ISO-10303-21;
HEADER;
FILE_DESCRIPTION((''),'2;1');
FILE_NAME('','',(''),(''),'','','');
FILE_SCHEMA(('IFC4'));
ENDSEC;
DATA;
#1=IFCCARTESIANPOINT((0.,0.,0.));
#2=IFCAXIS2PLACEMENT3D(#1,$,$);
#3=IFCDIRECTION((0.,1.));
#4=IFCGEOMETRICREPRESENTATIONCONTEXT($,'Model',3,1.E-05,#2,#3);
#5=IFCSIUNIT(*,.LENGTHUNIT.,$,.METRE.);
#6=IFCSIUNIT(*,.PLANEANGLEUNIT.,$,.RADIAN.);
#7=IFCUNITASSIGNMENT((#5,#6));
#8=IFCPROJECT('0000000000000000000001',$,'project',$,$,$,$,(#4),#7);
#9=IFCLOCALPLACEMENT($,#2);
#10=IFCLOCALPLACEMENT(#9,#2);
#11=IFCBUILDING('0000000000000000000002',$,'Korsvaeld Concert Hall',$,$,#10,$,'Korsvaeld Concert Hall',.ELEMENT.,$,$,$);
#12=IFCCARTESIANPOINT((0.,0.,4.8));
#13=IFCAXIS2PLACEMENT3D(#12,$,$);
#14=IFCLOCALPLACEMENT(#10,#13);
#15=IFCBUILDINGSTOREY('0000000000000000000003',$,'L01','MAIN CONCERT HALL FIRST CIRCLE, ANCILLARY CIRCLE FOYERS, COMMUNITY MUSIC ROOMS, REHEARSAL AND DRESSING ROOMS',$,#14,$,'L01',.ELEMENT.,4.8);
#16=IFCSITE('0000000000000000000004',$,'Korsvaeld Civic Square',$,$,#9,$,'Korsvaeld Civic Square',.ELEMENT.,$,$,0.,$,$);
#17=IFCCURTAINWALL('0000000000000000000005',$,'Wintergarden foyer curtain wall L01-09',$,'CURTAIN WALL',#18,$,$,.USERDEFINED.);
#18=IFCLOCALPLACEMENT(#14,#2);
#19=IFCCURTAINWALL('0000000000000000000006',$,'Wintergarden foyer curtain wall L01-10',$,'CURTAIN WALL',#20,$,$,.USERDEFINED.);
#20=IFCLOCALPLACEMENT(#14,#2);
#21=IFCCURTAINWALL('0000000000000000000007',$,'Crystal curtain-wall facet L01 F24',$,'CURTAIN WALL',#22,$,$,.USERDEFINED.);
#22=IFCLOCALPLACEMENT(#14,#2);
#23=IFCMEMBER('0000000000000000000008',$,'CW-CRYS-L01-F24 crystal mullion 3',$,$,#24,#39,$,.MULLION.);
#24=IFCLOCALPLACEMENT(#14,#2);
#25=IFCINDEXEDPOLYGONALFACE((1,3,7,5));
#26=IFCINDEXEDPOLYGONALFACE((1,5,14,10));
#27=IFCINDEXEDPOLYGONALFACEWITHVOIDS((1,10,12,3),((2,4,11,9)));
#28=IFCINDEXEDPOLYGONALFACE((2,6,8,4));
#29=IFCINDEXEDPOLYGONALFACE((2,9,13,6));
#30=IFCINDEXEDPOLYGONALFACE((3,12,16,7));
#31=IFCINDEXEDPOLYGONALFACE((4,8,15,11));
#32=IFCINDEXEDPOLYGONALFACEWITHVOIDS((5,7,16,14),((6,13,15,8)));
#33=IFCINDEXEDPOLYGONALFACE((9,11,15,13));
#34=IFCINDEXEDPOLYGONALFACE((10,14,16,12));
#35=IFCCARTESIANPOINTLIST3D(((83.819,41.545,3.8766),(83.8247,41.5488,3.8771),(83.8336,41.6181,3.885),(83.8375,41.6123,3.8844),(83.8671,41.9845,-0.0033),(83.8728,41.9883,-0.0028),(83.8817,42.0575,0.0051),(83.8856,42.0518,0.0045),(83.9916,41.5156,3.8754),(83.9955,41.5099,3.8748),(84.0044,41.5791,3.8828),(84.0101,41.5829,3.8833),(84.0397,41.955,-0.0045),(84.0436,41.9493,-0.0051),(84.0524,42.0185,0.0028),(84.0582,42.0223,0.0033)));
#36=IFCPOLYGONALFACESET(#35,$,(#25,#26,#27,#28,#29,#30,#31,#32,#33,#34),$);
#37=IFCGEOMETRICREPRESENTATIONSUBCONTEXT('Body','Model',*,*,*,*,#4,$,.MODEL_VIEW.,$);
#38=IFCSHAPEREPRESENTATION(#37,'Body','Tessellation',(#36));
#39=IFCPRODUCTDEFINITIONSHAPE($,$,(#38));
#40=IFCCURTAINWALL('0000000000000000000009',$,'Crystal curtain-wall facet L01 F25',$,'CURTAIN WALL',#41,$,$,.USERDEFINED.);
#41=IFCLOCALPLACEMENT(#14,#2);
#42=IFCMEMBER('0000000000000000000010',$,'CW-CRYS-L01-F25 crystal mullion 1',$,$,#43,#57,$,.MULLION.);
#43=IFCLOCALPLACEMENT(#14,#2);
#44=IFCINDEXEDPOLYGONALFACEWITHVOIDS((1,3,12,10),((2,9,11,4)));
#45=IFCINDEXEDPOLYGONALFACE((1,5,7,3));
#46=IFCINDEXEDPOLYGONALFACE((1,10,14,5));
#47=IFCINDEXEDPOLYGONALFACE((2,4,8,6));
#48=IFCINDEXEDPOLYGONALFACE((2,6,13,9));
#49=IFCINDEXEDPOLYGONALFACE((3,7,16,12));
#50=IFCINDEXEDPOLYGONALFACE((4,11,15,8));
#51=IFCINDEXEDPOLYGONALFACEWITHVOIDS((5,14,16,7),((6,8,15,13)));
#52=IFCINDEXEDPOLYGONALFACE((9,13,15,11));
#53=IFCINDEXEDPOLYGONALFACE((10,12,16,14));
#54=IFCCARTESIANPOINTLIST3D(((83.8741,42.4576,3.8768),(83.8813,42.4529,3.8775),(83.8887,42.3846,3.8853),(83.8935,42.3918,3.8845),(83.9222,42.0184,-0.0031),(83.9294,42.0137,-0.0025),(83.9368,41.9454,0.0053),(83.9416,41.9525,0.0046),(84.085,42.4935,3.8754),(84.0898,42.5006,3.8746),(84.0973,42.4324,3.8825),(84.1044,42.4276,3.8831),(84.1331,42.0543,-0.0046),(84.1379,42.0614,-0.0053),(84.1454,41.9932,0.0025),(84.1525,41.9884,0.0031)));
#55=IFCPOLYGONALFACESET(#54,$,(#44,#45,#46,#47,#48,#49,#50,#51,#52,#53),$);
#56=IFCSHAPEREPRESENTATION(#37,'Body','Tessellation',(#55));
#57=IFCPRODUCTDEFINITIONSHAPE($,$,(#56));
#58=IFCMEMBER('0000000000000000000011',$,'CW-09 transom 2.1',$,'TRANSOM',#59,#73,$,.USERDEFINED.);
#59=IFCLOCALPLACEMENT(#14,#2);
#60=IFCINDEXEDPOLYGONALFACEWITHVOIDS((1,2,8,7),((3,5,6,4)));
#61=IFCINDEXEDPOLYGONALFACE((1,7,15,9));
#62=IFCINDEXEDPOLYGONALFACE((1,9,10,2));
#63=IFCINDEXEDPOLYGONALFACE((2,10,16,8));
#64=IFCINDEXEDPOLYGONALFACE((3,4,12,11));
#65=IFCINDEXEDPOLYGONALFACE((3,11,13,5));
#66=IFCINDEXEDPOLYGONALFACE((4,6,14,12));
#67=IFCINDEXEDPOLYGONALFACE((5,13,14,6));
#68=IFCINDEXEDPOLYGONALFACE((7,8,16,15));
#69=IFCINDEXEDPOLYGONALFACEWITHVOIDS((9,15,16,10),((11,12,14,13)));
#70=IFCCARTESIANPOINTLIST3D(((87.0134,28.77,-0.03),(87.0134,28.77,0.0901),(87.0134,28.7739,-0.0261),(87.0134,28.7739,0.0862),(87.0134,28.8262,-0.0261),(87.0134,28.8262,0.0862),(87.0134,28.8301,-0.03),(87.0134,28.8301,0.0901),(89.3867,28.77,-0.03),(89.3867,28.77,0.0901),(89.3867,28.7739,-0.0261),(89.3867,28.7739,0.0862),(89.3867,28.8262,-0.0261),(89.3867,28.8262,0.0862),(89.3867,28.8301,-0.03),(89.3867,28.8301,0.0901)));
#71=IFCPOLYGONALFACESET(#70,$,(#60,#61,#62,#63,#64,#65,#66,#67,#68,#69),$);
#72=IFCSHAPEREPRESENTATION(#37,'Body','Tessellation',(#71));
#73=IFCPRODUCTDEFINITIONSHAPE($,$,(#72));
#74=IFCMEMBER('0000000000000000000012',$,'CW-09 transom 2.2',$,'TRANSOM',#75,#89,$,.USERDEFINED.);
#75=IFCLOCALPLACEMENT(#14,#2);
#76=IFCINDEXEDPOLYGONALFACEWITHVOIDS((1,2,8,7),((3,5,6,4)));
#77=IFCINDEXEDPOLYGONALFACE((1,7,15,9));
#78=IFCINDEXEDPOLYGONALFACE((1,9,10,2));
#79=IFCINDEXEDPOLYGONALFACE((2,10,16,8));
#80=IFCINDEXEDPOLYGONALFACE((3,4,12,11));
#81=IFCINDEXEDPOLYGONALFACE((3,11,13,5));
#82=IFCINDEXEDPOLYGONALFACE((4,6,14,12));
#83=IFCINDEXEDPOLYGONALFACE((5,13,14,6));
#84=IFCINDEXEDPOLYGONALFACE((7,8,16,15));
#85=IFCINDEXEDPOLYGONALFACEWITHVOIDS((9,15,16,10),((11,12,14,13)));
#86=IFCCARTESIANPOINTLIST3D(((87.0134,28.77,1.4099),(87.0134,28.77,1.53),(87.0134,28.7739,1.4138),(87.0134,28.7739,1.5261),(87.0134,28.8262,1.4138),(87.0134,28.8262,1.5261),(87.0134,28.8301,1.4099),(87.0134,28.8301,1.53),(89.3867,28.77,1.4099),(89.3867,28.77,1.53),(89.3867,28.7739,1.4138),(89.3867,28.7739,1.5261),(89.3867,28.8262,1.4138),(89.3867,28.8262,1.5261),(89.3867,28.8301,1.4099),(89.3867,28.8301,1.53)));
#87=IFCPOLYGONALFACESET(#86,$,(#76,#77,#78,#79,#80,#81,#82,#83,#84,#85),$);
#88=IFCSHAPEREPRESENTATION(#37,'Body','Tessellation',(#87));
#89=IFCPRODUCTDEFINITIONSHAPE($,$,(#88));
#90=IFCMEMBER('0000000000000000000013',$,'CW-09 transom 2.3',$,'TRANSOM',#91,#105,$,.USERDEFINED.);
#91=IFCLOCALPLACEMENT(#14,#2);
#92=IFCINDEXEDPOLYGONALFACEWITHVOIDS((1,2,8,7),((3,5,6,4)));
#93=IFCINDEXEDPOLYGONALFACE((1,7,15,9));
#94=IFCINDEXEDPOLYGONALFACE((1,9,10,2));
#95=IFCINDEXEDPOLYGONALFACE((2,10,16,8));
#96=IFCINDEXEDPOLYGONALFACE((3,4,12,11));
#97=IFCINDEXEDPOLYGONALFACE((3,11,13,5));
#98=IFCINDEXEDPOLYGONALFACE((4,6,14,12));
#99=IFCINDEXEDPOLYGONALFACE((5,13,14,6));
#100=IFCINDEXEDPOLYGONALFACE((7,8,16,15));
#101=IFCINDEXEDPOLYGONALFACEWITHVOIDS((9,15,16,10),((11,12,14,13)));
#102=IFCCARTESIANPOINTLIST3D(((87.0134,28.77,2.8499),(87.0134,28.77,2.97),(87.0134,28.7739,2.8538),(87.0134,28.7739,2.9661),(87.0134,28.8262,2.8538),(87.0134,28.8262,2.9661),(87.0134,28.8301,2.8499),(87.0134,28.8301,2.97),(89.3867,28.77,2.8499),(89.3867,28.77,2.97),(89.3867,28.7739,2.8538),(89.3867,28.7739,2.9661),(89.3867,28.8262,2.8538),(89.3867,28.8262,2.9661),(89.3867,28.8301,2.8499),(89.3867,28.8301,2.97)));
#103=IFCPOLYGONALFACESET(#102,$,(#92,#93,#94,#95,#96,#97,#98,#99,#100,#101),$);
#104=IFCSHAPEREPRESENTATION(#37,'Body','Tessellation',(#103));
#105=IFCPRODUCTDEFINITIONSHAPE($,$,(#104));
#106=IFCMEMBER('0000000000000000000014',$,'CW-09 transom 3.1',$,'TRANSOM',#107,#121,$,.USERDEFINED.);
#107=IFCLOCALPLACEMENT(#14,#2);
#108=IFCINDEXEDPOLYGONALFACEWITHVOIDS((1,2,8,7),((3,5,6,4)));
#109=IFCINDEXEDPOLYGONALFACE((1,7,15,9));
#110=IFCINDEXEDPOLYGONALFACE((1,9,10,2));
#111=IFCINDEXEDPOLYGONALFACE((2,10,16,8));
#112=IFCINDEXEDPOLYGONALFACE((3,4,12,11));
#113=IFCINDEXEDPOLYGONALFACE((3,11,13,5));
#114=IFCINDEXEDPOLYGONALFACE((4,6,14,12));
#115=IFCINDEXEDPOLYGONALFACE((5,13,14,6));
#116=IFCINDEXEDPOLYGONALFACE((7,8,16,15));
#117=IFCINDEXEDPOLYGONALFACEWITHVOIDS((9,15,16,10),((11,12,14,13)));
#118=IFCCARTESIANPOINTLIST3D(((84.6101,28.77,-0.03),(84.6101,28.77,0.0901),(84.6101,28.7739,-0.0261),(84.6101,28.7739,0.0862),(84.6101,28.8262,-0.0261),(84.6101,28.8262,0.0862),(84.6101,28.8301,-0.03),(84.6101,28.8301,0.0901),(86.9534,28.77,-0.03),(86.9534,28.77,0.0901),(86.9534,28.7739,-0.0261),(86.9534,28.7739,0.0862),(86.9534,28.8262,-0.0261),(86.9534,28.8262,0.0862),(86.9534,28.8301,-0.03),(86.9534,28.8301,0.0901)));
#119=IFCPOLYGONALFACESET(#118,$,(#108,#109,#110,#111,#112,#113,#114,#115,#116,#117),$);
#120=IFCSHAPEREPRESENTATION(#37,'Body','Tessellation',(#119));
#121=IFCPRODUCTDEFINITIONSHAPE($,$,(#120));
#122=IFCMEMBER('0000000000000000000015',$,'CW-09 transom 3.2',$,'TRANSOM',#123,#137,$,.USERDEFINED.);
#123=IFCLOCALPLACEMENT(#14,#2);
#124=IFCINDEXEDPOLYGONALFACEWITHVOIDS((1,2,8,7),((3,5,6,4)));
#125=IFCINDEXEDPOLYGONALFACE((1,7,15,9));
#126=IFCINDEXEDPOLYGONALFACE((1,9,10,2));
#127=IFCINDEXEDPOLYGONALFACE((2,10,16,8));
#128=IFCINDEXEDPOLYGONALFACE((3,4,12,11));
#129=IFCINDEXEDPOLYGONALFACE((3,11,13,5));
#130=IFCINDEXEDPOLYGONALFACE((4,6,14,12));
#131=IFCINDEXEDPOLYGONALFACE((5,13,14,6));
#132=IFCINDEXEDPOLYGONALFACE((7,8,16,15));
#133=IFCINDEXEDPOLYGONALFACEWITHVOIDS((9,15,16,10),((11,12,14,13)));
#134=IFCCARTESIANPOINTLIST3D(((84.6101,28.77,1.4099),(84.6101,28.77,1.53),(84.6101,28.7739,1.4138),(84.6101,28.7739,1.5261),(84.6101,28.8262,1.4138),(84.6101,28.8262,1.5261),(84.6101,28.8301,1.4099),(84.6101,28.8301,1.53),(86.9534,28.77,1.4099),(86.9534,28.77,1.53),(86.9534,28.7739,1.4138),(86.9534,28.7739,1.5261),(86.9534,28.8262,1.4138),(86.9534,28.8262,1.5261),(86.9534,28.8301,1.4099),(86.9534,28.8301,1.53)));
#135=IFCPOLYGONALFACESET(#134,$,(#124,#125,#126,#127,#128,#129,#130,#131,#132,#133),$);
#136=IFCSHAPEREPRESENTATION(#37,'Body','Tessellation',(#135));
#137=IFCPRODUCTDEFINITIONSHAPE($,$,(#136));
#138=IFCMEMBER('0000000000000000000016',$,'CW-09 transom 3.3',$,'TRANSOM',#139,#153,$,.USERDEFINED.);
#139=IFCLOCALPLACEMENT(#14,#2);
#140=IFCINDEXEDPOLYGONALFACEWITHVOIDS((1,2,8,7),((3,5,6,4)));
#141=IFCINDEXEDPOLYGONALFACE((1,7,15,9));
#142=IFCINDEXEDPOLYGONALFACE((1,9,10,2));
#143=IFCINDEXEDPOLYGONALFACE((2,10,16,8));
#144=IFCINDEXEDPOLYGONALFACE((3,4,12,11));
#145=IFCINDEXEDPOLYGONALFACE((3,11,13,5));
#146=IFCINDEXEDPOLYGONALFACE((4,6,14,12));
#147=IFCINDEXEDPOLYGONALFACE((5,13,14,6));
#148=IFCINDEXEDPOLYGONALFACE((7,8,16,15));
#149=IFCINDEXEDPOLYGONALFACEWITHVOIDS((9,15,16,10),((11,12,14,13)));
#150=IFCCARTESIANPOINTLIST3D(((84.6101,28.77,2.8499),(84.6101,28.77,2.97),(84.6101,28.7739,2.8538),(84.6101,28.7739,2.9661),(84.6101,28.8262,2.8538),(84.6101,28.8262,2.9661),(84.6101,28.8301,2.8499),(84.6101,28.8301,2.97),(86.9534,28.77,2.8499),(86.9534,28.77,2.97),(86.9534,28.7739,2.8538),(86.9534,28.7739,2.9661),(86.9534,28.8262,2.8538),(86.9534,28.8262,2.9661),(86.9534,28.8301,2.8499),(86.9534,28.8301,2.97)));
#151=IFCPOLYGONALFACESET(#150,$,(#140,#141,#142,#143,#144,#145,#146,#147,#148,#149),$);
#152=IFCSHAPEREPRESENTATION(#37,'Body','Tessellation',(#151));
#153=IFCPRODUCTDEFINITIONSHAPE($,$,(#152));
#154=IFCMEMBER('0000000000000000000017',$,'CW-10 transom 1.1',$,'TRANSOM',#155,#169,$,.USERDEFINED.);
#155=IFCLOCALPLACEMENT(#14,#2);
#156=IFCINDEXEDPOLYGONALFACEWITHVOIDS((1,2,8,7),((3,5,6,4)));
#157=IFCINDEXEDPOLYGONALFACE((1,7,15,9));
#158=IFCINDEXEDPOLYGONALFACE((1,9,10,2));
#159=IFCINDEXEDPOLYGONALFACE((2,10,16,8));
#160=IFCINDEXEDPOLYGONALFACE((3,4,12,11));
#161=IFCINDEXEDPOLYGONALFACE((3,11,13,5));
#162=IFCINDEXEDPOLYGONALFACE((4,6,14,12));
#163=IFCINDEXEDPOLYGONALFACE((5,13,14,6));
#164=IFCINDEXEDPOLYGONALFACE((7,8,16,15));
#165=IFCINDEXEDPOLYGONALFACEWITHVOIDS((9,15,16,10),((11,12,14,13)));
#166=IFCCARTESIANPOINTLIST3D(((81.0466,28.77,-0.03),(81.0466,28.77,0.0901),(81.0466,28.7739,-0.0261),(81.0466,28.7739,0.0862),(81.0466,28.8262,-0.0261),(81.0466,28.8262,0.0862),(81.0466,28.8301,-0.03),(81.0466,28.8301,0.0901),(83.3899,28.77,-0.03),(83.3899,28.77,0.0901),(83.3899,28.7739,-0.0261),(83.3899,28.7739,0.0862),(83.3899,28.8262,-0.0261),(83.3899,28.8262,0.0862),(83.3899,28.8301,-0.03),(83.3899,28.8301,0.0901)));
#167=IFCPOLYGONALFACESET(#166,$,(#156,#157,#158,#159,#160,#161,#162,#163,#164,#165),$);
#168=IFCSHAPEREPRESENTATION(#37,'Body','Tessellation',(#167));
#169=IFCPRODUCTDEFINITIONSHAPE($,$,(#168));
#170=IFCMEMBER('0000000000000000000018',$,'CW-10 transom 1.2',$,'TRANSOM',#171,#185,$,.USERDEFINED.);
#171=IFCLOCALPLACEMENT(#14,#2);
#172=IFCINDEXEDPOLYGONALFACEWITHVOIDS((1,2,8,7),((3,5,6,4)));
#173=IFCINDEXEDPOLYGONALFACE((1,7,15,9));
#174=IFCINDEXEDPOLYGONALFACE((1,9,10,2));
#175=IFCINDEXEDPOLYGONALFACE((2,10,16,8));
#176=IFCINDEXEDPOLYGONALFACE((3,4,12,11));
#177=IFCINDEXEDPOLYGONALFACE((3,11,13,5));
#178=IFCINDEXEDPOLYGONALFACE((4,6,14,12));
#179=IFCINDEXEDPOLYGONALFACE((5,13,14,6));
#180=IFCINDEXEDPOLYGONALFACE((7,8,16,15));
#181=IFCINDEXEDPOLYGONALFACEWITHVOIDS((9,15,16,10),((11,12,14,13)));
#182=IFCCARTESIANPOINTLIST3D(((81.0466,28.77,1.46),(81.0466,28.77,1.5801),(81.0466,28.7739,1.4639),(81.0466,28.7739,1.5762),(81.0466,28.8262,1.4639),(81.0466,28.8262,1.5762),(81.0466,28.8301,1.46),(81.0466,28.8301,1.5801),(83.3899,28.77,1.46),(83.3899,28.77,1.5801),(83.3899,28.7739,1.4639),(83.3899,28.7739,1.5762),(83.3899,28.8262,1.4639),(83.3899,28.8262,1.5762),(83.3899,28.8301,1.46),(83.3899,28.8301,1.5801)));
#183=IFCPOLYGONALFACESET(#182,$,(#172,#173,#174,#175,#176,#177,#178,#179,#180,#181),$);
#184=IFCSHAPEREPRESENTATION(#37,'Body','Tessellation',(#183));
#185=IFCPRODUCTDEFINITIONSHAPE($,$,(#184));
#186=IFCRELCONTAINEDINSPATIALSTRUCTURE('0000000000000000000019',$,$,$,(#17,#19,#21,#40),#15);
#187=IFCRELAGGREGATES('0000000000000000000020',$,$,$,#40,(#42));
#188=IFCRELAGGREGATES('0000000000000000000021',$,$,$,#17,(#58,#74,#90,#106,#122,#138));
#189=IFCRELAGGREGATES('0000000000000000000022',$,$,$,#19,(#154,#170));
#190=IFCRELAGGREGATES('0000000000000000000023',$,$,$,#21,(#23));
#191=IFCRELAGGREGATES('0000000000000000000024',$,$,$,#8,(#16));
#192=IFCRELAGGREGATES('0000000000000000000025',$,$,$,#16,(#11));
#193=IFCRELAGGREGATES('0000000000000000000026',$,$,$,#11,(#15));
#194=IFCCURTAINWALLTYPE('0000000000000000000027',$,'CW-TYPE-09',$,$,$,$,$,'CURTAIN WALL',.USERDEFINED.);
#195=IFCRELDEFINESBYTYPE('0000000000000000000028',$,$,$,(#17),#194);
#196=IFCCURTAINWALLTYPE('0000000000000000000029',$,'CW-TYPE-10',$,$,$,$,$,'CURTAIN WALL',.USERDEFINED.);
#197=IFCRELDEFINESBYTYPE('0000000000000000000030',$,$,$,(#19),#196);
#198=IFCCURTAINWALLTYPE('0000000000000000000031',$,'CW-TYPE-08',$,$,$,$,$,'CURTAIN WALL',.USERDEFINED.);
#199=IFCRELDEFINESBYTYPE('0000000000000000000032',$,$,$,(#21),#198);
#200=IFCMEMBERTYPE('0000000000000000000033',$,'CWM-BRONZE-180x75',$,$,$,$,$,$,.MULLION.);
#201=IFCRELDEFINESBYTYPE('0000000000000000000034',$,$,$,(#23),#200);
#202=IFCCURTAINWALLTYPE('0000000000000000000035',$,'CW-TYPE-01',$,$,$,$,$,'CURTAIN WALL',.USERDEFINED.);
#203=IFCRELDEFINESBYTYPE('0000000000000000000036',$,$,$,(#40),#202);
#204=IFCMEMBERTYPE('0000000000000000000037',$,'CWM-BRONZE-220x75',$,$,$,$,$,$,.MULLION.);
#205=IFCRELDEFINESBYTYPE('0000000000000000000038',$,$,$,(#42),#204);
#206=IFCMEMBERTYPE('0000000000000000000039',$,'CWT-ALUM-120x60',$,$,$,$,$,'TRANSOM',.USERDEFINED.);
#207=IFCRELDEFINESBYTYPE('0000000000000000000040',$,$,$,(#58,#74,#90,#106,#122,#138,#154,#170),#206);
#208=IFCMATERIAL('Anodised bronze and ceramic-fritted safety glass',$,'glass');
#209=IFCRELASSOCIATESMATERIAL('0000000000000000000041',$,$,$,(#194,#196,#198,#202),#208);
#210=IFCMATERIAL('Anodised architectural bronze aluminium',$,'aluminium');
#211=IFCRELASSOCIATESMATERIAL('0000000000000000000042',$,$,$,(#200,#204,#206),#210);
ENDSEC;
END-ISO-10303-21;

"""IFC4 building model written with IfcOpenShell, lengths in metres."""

from ifc_helpers import new_model, si_unit, direction, frame, origin, origin_2d, place, context, subcontext, project, spatial, hollow_rectangle, extrude, material, material_profile, profile_set, type_object, element, aggregate, save


model = new_model("IFC4")

# Units and contexts
model_context = context("Model", 3, precision=1e-05, world=origin(), true_north=direction((0.0, 1.0)))
body_context = subcontext(model_context, "Body", "Model", "MODEL_VIEW")
ifc_project = project(units=[si_unit("LENGTHUNIT", "METRE"), si_unit("PLANEANGLEUNIT", "RADIAN")], contexts=[model_context])

# Site, building, storey
site_placement = place(None, origin())
site = spatial("IfcSite", under=ifc_project, at=site_placement, Name="Korsvaeld Civic Square", LongName="Korsvaeld Civic Square", CompositionType="ELEMENT", RefElevation=0.0)
building_placement = place(site_placement, origin())
building = spatial("IfcBuilding", under=site, at=building_placement, Name="Korsvaeld Concert Hall", LongName="Korsvaeld Concert Hall", CompositionType="ELEMENT")
storey_placement = place(building_placement, frame((0.0, 0.0, 4.8)))
storey = spatial("IfcBuildingStorey", under=building, at=storey_placement, Name="L01", Description="MAIN CONCERT HALL FIRST CIRCLE, ANCILLARY CIRCLE FOYERS, COMMUNITY MUSIC ROOMS, REHEARSAL AND DRESSING ROOMS", LongName="L01", CompositionType="ELEMENT", Elevation=4.8)

# Curtain wall
ifc_material_1 = material(Name="Anodised bronze and ceramic-fritted safety glass", Category="glass")
curtain_wall_type_1 = type_object("IfcCurtainWallType", Name="CW-TYPE-09", ElementType="CURTAIN WALL", PredefinedType="USERDEFINED", material=ifc_material_1)
curtain_wall_1_placement = place(storey_placement, origin())
curtain_wall_1 = element("IfcCurtainWall", 1, at=curtain_wall_1_placement, inside=storey, type_object=curtain_wall_type_1, Name="Wintergarden foyer curtain wall L01-09", ObjectType="CURTAIN WALL", PredefinedType="USERDEFINED")
ifc_material_2 = material(Name="Anodised architectural bronze aluminium", Category="aluminium")

# Curtain walls, members
curtain_wall_type_2 = type_object("IfcCurtainWallType", Name="CW-TYPE-10", ElementType="CURTAIN WALL", PredefinedType="USERDEFINED", material=ifc_material_1)
curtain_wall_2_placement = place(storey_placement, origin())
curtain_wall_2 = element("IfcCurtainWall", 2, at=curtain_wall_2_placement, inside=storey, type_object=curtain_wall_type_2, Name="Wintergarden foyer curtain wall L01-10", ObjectType="CURTAIN WALL", PredefinedType="USERDEFINED")
curtain_wall_type_3 = type_object("IfcCurtainWallType", Name="CW-TYPE-08", ElementType="CURTAIN WALL", PredefinedType="USERDEFINED", material=ifc_material_1)
curtain_wall_3_placement = place(storey_placement, origin())
curtain_wall_3 = element("IfcCurtainWall", 3, at=curtain_wall_3_placement, inside=storey, type_object=curtain_wall_type_3, Name="Crystal curtain-wall facet L01 F24", ObjectType="CURTAIN WALL", PredefinedType="USERDEFINED")
ifc_material_profile_1 = material_profile(ifc_material_2, hollow_rectangle(XDim=0.075, YDim=0.1799, WallThickness=0.0049, at=origin_2d()), Name="CWM 180x75x5")
ifc_profile_set_1 = profile_set([ifc_material_profile_1], Name="Anodised architectural bronze aluminium")
member_type_1 = type_object("IfcMemberType", Name="CWM-BRONZE-180x75", PredefinedType="MULLION", material=ifc_profile_set_1)
member_1_placement = place(storey_placement, frame((83.9626, 42.0034, 0.0), z_axis=(-0.012316, -0.112536, 0.993571), x_axis=(0.195293, 0.97424, 0.112768)))
member_1 = element("IfcMember", 4, at=member_1_placement, type_object=member_type_1, Name="CW-CRYS-L01-F24 crystal mullion 3", PredefinedType="MULLION", context=body_context, shape_type="SweptSolid", body=[
    extrude(hollow_rectangle(XDim=0.075, YDim=0.1799, WallThickness=0.0049, at=origin_2d()), origin(), (0.0, 0.0, 1.0), 3.905),
])
curtain_wall_type_4 = type_object("IfcCurtainWallType", Name="CW-TYPE-01", ElementType="CURTAIN WALL", PredefinedType="USERDEFINED", material=ifc_material_1)
curtain_wall_4_placement = place(storey_placement, origin())
curtain_wall_4 = element("IfcCurtainWall", 5, at=curtain_wall_4_placement, inside=storey, type_object=curtain_wall_type_4, Name="Crystal curtain-wall facet L01 F25", ObjectType="CURTAIN WALL", PredefinedType="USERDEFINED")
ifc_material_profile_2 = material_profile(ifc_material_2, hollow_rectangle(XDim=0.075, YDim=0.22, WallThickness=0.0061, at=origin_2d()), Name="CWM 220x75x6")
ifc_profile_set_2 = profile_set([ifc_material_profile_2], Name="Anodised architectural bronze aluminium")
member_type_2 = type_object("IfcMemberType", Name="CWM-BRONZE-220x75", PredefinedType="MULLION", material=ifc_profile_set_2)
member_2_placement = place(storey_placement, frame((84.0374, 42.0034, 0.0), z_axis=(-0.012317, 0.112475, 0.993578), x_axis=(0.195353, -0.974235, 0.112707)))
member_2 = element("IfcMember", 6, at=member_2_placement, type_object=member_type_2, Name="CW-CRYS-L01-F25 crystal mullion 1", PredefinedType="MULLION", context=body_context, shape_type="SweptSolid", body=[
    extrude(hollow_rectangle(XDim=0.075, YDim=0.22, WallThickness=0.0061, at=origin_2d()), origin(), (0.0, 0.0, 1.0), 3.905),
])
aggregate(curtain_wall_4, [member_2])

# Members
ifc_material_profile_3 = material_profile(ifc_material_2, hollow_rectangle(XDim=0.0601, YDim=0.1201, WallThickness=0.0039, at=origin_2d()), Name="CWT 120x60x4")
ifc_profile_set_3 = profile_set([ifc_material_profile_3], Name="Anodised architectural bronze aluminium")
member_type_3 = type_object("IfcMemberType", Name="CWT-ALUM-120x60", ElementType="TRANSOM", PredefinedType="USERDEFINED", material=ifc_profile_set_3)
member_3_placement = place(storey_placement, frame((89.3867, 28.8, 0.03), z_axis=(-1.0, 0.0, 0.0), x_axis=(0.0, -1.0, 0.0)))
member_3 = element("IfcMember", 7, at=member_3_placement, type_object=member_type_3, Name="CW-09 transom 2.1", ObjectType="TRANSOM", PredefinedType="USERDEFINED", context=body_context, shape_type="SweptSolid", body=[
    extrude(hollow_rectangle(XDim=0.0601, YDim=0.1201, WallThickness=0.0039, at=origin_2d()), origin(), (0.0, 0.0, 1.0), 2.3733),
])
member_4_placement = place(storey_placement, frame((89.3867, 28.8, 1.47), z_axis=(-1.0, 0.0, 0.0), x_axis=(0.0, -1.0, 0.0)))
member_4 = element("IfcMember", 8, at=member_4_placement, type_object=member_type_3, Name="CW-09 transom 2.2", ObjectType="TRANSOM", PredefinedType="USERDEFINED", context=body_context, shape_type="SweptSolid", body=[
    extrude(hollow_rectangle(XDim=0.0601, YDim=0.1201, WallThickness=0.0039, at=origin_2d()), origin(), (0.0, 0.0, 1.0), 2.3733),
])
member_5_placement = place(storey_placement, frame((89.3867, 28.8, 2.9099), z_axis=(-1.0, 0.0, 0.0), x_axis=(0.0, -1.0, 0.0)))
member_5 = element("IfcMember", 9, at=member_5_placement, type_object=member_type_3, Name="CW-09 transom 2.3", ObjectType="TRANSOM", PredefinedType="USERDEFINED", context=body_context, shape_type="SweptSolid", body=[
    extrude(hollow_rectangle(XDim=0.0601, YDim=0.1201, WallThickness=0.0039, at=origin_2d()), origin(), (0.0, 0.0, 1.0), 2.3733),
])
member_6_placement = place(storey_placement, frame((86.9534, 28.8, 0.03), z_axis=(-1.0, 0.0, 0.0), x_axis=(0.0, -1.0, 0.0)))
member_6 = element("IfcMember", 10, at=member_6_placement, type_object=member_type_3, Name="CW-09 transom 3.1", ObjectType="TRANSOM", PredefinedType="USERDEFINED", context=body_context, shape_type="SweptSolid", body=[
    extrude(hollow_rectangle(XDim=0.0601, YDim=0.1201, WallThickness=0.0039, at=origin_2d()), origin(), (0.0, 0.0, 1.0), 2.3433),
])
member_7_placement = place(storey_placement, frame((86.9534, 28.8, 1.47), z_axis=(-1.0, 0.0, 0.0), x_axis=(0.0, -1.0, 0.0)))
member_7 = element("IfcMember", 11, at=member_7_placement, type_object=member_type_3, Name="CW-09 transom 3.2", ObjectType="TRANSOM", PredefinedType="USERDEFINED", context=body_context, shape_type="SweptSolid", body=[
    extrude(hollow_rectangle(XDim=0.0601, YDim=0.1201, WallThickness=0.0039, at=origin_2d()), origin(), (0.0, 0.0, 1.0), 2.3433),
])
member_8_placement = place(storey_placement, frame((86.9534, 28.8, 2.9099), z_axis=(-1.0, 0.0, 0.0), x_axis=(0.0, -1.0, 0.0)))
member_8 = element("IfcMember", 12, at=member_8_placement, type_object=member_type_3, Name="CW-09 transom 3.3", ObjectType="TRANSOM", PredefinedType="USERDEFINED", context=body_context, shape_type="SweptSolid", body=[
    extrude(hollow_rectangle(XDim=0.0601, YDim=0.1201, WallThickness=0.0039, at=origin_2d()), origin(), (0.0, 0.0, 1.0), 2.3433),
])
member_9_placement = place(storey_placement, frame((83.3899, 28.8, 0.03), z_axis=(-1.0, 0.0, 0.0), x_axis=(0.0, -1.0, 0.0)))
member_9 = element("IfcMember", 13, at=member_9_placement, type_object=member_type_3, Name="CW-10 transom 1.1", ObjectType="TRANSOM", PredefinedType="USERDEFINED", context=body_context, shape_type="SweptSolid", body=[
    extrude(hollow_rectangle(XDim=0.0601, YDim=0.1201, WallThickness=0.0039, at=origin_2d()), origin(), (0.0, 0.0, 1.0), 2.3433),
])
member_10_placement = place(storey_placement, frame((83.3899, 28.8, 1.52), z_axis=(-1.0, 0.0, 0.0), x_axis=(0.0, -1.0, 0.0)))
member_10 = element("IfcMember", 14, at=member_10_placement, type_object=member_type_3, Name="CW-10 transom 1.2", ObjectType="TRANSOM", PredefinedType="USERDEFINED", context=body_context, shape_type="SweptSolid", body=[
    extrude(hollow_rectangle(XDim=0.0601, YDim=0.1201, WallThickness=0.0039, at=origin_2d()), origin(), (0.0, 0.0, 1.0), 2.3433),
])

aggregate(curtain_wall_1, [member_3, member_4, member_5, member_6, member_7, member_8])
aggregate(curtain_wall_2, [member_9, member_10])
aggregate(curtain_wall_3, [member_1])

save(model, "model.ifc")
